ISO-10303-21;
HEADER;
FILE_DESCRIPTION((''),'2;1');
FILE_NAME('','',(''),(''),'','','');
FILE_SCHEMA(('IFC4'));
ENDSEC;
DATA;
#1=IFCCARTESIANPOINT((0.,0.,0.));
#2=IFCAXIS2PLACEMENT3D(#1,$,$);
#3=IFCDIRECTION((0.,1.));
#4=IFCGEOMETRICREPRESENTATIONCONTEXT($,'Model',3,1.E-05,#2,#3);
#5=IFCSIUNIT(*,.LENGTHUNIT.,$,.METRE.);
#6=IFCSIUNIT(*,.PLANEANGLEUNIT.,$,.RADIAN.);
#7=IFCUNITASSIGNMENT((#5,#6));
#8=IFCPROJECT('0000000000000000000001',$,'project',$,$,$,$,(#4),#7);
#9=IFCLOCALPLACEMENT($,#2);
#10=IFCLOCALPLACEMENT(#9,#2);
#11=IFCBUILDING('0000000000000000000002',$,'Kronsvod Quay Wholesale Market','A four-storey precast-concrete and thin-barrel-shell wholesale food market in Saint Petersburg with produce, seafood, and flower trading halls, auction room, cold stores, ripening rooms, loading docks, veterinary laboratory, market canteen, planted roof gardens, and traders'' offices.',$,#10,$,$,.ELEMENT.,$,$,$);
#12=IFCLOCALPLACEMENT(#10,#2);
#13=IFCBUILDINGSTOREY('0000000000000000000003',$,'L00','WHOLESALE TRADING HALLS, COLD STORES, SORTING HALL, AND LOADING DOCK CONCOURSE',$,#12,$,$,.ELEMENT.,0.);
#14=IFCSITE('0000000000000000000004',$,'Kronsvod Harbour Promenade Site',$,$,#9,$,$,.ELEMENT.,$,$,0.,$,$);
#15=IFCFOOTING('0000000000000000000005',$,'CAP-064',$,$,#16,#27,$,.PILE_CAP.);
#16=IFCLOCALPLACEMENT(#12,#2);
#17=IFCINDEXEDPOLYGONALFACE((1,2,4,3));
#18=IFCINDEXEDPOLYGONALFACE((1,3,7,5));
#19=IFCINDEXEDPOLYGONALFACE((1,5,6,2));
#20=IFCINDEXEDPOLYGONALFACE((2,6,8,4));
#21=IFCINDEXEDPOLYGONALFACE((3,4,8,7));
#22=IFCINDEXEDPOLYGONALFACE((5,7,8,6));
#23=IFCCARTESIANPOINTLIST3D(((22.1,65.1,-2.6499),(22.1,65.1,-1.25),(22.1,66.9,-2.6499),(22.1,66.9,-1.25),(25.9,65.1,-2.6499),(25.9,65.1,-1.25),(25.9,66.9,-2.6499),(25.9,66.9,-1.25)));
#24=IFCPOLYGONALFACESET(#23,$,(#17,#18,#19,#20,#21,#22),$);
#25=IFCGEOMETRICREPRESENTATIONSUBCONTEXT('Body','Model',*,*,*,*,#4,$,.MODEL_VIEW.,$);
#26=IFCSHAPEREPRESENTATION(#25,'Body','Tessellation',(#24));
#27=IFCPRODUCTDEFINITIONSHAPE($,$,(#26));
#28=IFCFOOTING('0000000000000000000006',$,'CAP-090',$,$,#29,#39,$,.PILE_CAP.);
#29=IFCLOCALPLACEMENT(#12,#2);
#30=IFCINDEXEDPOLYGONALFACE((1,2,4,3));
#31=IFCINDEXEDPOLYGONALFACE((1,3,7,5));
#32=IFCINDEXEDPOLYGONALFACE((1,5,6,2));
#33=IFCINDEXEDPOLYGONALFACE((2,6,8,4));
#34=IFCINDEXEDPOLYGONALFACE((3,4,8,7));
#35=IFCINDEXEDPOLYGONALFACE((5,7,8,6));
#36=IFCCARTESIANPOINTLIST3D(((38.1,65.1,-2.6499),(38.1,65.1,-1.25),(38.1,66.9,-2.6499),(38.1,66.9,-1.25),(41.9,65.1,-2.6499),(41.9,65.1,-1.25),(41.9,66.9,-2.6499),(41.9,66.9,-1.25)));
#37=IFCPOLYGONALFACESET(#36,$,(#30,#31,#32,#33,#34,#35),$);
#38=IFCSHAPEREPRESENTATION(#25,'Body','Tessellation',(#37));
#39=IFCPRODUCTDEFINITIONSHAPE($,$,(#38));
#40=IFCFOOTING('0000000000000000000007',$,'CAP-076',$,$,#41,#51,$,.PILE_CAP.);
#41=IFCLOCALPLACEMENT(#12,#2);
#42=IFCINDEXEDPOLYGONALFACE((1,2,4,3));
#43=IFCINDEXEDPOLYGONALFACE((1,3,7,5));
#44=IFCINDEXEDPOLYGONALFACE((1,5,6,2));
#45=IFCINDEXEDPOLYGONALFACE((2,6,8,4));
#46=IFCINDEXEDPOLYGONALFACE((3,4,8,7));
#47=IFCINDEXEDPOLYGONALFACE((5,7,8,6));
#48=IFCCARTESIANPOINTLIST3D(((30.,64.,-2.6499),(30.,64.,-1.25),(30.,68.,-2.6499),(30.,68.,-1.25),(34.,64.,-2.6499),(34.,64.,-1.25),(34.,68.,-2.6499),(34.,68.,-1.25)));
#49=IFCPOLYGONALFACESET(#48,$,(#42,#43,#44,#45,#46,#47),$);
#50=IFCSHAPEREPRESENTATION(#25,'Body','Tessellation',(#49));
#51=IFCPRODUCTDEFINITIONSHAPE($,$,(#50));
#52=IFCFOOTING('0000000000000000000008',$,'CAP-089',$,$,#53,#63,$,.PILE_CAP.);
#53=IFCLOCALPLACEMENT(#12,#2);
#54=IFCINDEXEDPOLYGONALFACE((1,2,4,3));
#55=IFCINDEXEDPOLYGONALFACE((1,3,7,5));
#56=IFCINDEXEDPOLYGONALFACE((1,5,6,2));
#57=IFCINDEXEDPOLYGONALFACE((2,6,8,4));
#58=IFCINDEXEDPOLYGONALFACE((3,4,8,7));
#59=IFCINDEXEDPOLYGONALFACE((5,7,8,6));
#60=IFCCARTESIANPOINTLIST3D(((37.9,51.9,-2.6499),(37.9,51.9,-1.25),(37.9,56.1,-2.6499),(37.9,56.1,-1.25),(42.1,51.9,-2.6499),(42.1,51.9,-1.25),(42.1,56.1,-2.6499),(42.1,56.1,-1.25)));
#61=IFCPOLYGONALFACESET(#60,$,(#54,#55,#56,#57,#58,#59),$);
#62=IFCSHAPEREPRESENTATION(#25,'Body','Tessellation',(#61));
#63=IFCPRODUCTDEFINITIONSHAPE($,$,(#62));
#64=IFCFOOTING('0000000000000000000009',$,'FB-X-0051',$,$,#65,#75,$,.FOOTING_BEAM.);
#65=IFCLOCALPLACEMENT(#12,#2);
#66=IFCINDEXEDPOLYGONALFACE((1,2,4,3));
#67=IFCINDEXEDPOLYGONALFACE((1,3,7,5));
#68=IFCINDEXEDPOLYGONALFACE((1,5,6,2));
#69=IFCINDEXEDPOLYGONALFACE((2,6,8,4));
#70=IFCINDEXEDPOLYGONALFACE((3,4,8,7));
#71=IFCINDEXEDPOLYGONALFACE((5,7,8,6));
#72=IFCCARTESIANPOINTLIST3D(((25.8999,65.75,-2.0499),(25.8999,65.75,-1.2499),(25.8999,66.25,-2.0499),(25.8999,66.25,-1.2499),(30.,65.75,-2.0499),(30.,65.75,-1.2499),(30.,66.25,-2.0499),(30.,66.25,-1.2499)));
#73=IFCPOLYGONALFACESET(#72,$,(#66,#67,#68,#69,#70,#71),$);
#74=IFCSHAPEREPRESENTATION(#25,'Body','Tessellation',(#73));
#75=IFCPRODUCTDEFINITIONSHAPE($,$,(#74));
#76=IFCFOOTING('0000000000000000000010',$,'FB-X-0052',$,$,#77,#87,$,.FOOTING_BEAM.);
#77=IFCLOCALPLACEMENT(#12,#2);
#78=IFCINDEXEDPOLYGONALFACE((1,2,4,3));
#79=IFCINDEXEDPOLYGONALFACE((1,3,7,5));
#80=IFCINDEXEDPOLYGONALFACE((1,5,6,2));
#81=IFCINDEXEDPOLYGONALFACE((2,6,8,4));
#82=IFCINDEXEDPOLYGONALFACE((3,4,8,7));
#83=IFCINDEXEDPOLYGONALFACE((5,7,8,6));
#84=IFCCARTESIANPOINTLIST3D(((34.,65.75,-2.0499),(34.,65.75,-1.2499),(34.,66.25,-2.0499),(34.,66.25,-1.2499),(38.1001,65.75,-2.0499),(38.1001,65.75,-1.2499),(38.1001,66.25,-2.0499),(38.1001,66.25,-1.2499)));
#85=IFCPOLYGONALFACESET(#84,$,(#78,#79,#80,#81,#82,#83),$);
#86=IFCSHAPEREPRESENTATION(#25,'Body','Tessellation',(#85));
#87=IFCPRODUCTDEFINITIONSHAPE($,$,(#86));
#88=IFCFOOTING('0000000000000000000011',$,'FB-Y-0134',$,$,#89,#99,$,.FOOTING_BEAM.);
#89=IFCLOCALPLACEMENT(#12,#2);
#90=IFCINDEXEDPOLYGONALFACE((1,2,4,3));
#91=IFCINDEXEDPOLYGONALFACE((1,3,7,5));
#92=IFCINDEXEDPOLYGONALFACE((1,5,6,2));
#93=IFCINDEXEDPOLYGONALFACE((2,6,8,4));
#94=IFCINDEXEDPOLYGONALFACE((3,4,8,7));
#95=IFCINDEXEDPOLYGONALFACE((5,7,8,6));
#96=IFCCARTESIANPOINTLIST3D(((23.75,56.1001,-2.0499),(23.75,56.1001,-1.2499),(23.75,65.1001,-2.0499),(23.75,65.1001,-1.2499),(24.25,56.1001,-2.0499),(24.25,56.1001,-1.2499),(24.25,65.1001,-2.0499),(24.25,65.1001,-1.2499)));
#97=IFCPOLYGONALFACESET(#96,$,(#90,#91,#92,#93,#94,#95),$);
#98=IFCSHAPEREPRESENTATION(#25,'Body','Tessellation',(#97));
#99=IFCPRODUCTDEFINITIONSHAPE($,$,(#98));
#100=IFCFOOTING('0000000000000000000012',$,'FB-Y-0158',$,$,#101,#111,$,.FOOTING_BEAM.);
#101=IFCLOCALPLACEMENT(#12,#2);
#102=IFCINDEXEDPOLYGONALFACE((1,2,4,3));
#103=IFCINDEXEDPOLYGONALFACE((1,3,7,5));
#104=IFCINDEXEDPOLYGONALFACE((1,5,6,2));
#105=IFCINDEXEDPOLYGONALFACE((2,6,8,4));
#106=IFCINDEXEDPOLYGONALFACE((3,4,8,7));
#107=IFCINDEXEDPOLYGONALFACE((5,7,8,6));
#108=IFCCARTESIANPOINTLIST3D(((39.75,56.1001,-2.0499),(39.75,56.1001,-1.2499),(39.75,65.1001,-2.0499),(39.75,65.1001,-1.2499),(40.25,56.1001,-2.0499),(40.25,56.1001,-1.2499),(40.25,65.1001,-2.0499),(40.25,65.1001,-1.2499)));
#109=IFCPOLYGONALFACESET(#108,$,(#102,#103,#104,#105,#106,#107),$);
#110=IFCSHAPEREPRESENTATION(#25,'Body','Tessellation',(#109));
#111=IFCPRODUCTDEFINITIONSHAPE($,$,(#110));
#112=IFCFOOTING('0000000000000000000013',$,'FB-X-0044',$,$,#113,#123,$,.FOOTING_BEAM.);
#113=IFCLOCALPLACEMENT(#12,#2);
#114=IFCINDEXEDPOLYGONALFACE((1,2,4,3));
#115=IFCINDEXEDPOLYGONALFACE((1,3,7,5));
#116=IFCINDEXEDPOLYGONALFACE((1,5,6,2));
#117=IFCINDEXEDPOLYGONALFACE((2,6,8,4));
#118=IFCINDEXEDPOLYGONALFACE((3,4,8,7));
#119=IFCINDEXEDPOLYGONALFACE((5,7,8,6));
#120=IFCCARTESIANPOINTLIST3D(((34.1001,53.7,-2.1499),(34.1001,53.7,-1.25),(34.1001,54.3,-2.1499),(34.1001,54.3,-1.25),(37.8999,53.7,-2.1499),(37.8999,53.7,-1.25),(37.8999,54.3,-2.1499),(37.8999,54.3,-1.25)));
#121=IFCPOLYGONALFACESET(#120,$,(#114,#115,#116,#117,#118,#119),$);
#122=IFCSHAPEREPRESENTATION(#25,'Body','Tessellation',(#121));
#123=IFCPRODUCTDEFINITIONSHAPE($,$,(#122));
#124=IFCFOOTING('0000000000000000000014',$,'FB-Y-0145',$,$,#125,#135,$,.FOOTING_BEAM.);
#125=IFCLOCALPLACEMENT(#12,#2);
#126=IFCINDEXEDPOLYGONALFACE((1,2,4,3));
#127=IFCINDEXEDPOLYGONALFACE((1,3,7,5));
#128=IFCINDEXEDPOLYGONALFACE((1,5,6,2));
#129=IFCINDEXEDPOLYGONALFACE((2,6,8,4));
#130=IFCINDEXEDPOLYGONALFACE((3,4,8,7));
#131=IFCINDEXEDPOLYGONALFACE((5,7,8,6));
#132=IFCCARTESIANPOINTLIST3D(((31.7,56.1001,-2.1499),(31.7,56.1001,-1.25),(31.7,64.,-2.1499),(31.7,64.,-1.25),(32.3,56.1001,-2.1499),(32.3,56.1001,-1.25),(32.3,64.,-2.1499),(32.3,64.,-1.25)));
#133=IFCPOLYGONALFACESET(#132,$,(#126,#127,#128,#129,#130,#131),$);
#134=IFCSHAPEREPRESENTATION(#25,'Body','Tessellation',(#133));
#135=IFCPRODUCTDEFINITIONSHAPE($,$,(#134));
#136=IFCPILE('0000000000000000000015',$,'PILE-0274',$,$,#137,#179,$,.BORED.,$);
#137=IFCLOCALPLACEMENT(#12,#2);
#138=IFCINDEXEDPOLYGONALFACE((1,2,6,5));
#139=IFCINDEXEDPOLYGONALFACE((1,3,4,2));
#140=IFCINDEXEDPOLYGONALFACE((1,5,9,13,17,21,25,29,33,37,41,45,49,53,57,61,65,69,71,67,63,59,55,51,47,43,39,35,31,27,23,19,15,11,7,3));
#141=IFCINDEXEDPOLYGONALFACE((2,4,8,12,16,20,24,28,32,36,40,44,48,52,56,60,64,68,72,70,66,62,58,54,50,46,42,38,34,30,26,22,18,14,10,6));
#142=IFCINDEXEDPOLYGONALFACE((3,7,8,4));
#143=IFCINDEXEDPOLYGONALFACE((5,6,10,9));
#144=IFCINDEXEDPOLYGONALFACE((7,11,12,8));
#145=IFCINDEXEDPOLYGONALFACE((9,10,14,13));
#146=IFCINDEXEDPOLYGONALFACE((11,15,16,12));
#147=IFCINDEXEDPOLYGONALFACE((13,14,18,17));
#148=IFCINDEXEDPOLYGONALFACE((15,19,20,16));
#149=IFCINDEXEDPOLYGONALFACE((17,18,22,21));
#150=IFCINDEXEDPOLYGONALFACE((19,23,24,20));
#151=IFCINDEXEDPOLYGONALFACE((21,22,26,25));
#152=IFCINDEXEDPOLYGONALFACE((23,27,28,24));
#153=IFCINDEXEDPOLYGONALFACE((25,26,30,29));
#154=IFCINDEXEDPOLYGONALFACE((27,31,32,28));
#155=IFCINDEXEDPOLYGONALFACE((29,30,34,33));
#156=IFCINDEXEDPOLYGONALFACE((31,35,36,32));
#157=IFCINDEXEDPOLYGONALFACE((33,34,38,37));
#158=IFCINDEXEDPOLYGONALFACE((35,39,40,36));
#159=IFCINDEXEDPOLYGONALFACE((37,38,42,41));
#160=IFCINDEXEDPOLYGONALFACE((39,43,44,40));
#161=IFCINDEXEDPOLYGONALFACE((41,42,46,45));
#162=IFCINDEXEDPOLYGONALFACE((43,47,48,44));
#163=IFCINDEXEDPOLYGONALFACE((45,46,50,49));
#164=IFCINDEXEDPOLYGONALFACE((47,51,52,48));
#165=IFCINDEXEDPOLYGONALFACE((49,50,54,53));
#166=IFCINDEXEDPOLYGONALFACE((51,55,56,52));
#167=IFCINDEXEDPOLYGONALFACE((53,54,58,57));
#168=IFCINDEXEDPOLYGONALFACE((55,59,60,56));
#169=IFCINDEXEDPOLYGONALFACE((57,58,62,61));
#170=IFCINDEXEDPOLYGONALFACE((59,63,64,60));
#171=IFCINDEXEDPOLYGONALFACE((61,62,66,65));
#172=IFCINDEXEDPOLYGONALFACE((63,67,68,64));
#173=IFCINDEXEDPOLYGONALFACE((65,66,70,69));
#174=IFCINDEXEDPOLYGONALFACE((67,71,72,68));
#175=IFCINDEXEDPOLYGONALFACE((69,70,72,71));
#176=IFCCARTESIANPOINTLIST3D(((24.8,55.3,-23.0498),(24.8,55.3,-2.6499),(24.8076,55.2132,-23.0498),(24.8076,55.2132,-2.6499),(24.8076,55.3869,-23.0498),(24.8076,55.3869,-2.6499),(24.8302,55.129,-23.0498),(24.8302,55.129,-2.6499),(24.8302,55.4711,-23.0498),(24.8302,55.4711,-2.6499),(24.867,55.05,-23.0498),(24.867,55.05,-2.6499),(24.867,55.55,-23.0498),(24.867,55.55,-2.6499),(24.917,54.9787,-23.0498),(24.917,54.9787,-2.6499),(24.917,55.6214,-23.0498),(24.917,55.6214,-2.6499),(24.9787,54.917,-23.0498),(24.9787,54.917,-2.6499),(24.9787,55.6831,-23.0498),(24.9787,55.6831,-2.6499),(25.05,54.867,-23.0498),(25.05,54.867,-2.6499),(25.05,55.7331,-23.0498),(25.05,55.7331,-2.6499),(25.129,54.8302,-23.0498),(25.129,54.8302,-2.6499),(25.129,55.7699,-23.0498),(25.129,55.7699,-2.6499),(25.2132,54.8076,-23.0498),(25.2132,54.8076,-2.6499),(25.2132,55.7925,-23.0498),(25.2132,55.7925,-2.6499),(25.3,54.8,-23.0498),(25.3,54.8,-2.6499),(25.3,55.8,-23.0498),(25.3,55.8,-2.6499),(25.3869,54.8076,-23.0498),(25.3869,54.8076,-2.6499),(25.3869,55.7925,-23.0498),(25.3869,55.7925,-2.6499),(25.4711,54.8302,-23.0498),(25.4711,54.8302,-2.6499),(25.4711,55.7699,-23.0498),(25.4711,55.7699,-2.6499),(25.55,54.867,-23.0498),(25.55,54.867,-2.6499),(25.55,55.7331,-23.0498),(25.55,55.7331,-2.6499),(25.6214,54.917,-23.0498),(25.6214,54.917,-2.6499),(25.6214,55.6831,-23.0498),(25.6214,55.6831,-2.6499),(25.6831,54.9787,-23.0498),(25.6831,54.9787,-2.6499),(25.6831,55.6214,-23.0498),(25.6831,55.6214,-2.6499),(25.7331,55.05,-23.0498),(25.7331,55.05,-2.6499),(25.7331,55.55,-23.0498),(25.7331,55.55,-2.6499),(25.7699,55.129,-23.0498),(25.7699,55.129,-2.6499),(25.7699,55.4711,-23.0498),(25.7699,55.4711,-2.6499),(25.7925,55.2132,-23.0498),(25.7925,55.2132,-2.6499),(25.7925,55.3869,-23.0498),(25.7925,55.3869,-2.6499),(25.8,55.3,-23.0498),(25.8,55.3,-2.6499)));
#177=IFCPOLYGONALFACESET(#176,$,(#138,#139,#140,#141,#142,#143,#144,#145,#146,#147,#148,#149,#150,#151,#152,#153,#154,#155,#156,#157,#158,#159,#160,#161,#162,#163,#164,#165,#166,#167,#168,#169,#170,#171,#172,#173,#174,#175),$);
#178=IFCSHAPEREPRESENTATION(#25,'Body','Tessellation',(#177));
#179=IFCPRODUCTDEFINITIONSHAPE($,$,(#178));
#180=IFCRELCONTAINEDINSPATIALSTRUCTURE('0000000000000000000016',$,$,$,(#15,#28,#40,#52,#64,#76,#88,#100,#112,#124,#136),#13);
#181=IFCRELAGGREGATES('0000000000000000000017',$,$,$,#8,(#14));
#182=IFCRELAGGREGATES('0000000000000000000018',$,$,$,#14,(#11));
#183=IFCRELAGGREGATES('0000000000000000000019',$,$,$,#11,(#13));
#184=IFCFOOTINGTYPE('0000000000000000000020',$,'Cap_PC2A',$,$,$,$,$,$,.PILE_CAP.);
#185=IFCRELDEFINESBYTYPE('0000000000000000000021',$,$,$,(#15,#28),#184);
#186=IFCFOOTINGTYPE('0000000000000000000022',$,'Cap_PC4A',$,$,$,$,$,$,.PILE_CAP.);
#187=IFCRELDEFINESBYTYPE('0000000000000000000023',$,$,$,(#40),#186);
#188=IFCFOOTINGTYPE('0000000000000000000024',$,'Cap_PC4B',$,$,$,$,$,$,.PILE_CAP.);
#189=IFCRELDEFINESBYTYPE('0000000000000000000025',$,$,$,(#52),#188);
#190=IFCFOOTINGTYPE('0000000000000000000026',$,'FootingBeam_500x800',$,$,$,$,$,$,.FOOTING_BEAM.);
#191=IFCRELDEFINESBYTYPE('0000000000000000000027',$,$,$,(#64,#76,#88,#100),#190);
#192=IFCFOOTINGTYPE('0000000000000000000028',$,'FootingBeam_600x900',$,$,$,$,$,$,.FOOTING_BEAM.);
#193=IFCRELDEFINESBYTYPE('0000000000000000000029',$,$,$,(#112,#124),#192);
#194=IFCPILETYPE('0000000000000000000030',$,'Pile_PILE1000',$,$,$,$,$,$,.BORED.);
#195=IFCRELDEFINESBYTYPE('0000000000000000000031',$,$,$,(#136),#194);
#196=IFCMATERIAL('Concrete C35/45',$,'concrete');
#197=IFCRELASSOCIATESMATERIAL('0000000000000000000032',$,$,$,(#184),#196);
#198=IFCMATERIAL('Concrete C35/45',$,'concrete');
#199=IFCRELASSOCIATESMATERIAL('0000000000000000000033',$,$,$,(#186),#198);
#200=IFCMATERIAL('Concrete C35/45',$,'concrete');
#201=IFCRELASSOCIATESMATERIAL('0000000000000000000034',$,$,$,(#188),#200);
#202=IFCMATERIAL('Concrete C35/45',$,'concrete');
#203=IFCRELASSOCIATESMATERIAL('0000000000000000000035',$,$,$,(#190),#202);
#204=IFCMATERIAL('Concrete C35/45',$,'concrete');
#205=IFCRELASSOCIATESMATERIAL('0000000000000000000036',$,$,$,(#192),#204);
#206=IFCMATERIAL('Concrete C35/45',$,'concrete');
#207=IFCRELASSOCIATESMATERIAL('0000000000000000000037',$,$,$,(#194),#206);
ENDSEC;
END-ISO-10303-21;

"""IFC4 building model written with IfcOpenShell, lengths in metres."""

from ifc_helpers import new_model, si_unit, direction, frame, origin, origin_2d, place, context, subcontext, project, spatial, rectangle, circle, extrude, material, material_profile, profile_set, type_object, element, save


model = new_model("IFC4")

# Units and contexts
model_context = context("Model", 3, precision=1e-05, world=origin(), true_north=direction((0.0, 1.0)))
body_context = subcontext(model_context, "Body", "Model", "MODEL_VIEW")
ifc_project = project(units=[si_unit("LENGTHUNIT", "METRE"), si_unit("PLANEANGLEUNIT", "RADIAN")], contexts=[model_context])

# Site, building, storey
site_placement = place(None, origin())
site = spatial("IfcSite", under=ifc_project, at=site_placement, Name="Kronsvod Harbour Promenade Site", CompositionType="ELEMENT", RefElevation=0.0)
building_placement = place(site_placement, origin())
building = spatial("IfcBuilding", under=site, at=building_placement, Name="Kronsvod Quay Wholesale Market", Description="A four-storey precast-concrete and thin-barrel-shell wholesale food market in Saint Petersburg with produce, seafood, and flower trading halls, auction room, cold stores, ripening rooms, loading docks, veterinary laboratory, market canteen, planted roof gardens, and traders' offices.", CompositionType="ELEMENT")
storey_placement = place(building_placement, origin())
storey = spatial("IfcBuildingStorey", under=building, at=storey_placement, Name="L00", Description="WHOLESALE TRADING HALLS, COLD STORES, SORTING HALL, AND LOADING DOCK CONCOURSE", CompositionType="ELEMENT", Elevation=0.0)

# Footings
ifc_material_1 = material(Name="Concrete C35/45", Category="concrete")
footing_type_1 = type_object("IfcFootingType", Name="Cap_PC2A", PredefinedType="PILE_CAP", material=ifc_material_1)
for number, where, z_axis, x_axis, name in (
    (1, (24.0, 66.0, -2.6499), (0.0, 0.0, 1.0), (1.0, 0.0, 0.0), "CAP-064"),
    (2, (40.0, 66.0, -2.6499), (0.0, 0.0, 1.0), (1.0, 0.0, 0.0), "CAP-090"),
):
    element("IfcFooting", number, at=place(storey_placement, frame(where, z_axis=z_axis, x_axis=x_axis)), inside=storey, type_object=footing_type_1, Name=name, PredefinedType="PILE_CAP", context=body_context, shape_type="SweptSolid", body=[
        extrude(rectangle(XDim=3.8, YDim=1.8, at=origin_2d()), origin(), (0.0, 0.0, 1.0), 1.3999),
    ])
ifc_material_2 = material(Name="Concrete C35/45", Category="concrete")
footing_type_2 = type_object("IfcFootingType", Name="Cap_PC4A", PredefinedType="PILE_CAP", material=ifc_material_2)
footing_1_placement = place(storey_placement, frame((32.0, 66.0, -2.6499), z_axis=(0.0, 0.0, 1.0), x_axis=(1.0, 0.0, 0.0)))
element("IfcFooting", 3, at=footing_1_placement, inside=storey, type_object=footing_type_2, Name="CAP-076", PredefinedType="PILE_CAP", context=body_context, shape_type="SweptSolid", body=[
    extrude(rectangle(XDim=4.0, YDim=4.0, at=origin_2d()), origin(), (0.0, 0.0, 1.0), 1.3999),
])
ifc_material_3 = material(Name="Concrete C35/45", Category="concrete")
footing_type_3 = type_object("IfcFootingType", Name="Cap_PC4B", PredefinedType="PILE_CAP", material=ifc_material_3)
footing_2_placement = place(storey_placement, frame((40.0, 54.0, -2.6499), z_axis=(0.0, 0.0, 1.0), x_axis=(1.0, 0.0, 0.0)))
element("IfcFooting", 4, at=footing_2_placement, inside=storey, type_object=footing_type_3, Name="CAP-089", PredefinedType="PILE_CAP", context=body_context, shape_type="SweptSolid", body=[
    extrude(rectangle(XDim=4.2, YDim=4.2, at=origin_2d()), origin(), (0.0, 0.0, 1.0), 1.3999),
])
ifc_material_4 = material(Name="Concrete C35/45", Category="concrete")
ifc_material_profile_1 = material_profile(ifc_material_4, rectangle(XDim=0.5, YDim=0.8, at=origin_2d()), Name="FB-01")
ifc_profile_set_1 = profile_set([ifc_material_profile_1], Name="Concrete C35/45")
footing_type_4 = type_object("IfcFootingType", Name="FootingBeam_500x800", PredefinedType="FOOTING_BEAM", material=ifc_profile_set_1)
for number, where, z_axis, x_axis, name in (
    (5, (25.8999, 66.0, -1.6499), (1.0, 0.0, 0.0), (0.0, 1.0, 0.0), "FB-X-0051"),
    (6, (34.0, 66.0, -1.6499), (1.0, 0.0, 0.0), (0.0, 1.0, 0.0), "FB-X-0052"),
):
    element("IfcFooting", number, at=place(storey_placement, frame(where, z_axis=z_axis, x_axis=x_axis)), inside=storey, type_object=footing_type_4, Name=name, PredefinedType="FOOTING_BEAM", context=body_context, shape_type="SweptSolid", body=[
        extrude(rectangle(XDim=0.5, YDim=0.8, at=origin_2d()), origin(), (0.0, 0.0, 1.0), 4.1001),
    ])
for number, where, z_axis, x_axis, name in (
    (7, (24.0, 56.1001, -1.6499), (0.0, 1.0, 0.0), (-1.0, 0.0, 0.0), "FB-Y-0134"),
    (8, (40.0, 56.1001, -1.6499), (0.0, 1.0, 0.0), (-1.0, 0.0, 0.0), "FB-Y-0158"),
):
    element("IfcFooting", number, at=place(storey_placement, frame(where, z_axis=z_axis, x_axis=x_axis)), inside=storey, type_object=footing_type_4, Name=name, PredefinedType="FOOTING_BEAM", context=body_context, shape_type="SweptSolid", body=[
        extrude(rectangle(XDim=0.5, YDim=0.8, at=origin_2d()), origin(), (0.0, 0.0, 1.0), 9.0),
    ])
ifc_material_5 = material(Name="Concrete C35/45", Category="concrete")
ifc_material_profile_2 = material_profile(ifc_material_5, rectangle(XDim=0.6001, YDim=0.8999, at=origin_2d()), Name="FB-02")
ifc_profile_set_2 = profile_set([ifc_material_profile_2], Name="Concrete C35/45")
footing_type_5 = type_object("IfcFootingType", Name="FootingBeam_600x900", PredefinedType="FOOTING_BEAM", material=ifc_profile_set_2)
footing_3_placement = place(storey_placement, frame((34.1001, 54.0, -1.7), z_axis=(1.0, 0.0, 0.0), x_axis=(0.0, 1.0, 0.0)))
element("IfcFooting", 9, at=footing_3_placement, inside=storey, type_object=footing_type_5, Name="FB-X-0044", PredefinedType="FOOTING_BEAM", context=body_context, shape_type="SweptSolid", body=[
    extrude(rectangle(XDim=0.6001, YDim=0.8999, at=origin_2d()), origin(), (0.0, 0.0, 1.0), 3.7998),
])
footing_4_placement = place(storey_placement, frame((32.0, 56.1001, -1.7), z_axis=(0.0, 1.0, 0.0), x_axis=(-1.0, 0.0, 0.0)))
element("IfcFooting", 10, at=footing_4_placement, inside=storey, type_object=footing_type_5, Name="FB-Y-0145", PredefinedType="FOOTING_BEAM", context=body_context, shape_type="SweptSolid", body=[
    extrude(rectangle(XDim=0.6001, YDim=0.8999, at=origin_2d()), origin(), (0.0, 0.0, 1.0), 7.8999),
])

# Pile
ifc_material_6 = material(Name="Concrete C35/45", Category="concrete")
ifc_material_profile_3 = material_profile(ifc_material_6, circle(Radius=0.5, at=origin_2d()), Name="PILE1000")
ifc_profile_set_3 = profile_set([ifc_material_profile_3], Name="Concrete C35/45")
pile_type_1 = type_object("IfcPileType", Name="Pile_PILE1000", PredefinedType="BORED", material=ifc_profile_set_3)
for number, where, z_axis, x_axis, name in (
    (11, (25.3, 55.3, -2.6499), (0.0, 0.0, -1.0), (1.0, 0.0, 0.0), "PILE-0274"),
):
    element("IfcPile", number, at=place(storey_placement, frame(where, z_axis=z_axis, x_axis=x_axis)), inside=storey, type_object=pile_type_1, Name=name, PredefinedType="BORED", context=body_context, shape_type="SweptSolid", body=[
        extrude(circle(Radius=0.5, at=origin_2d()), origin(), (0.0, 0.0, 1.0), 20.3999),
    ])

save(model, "model.ifc")
